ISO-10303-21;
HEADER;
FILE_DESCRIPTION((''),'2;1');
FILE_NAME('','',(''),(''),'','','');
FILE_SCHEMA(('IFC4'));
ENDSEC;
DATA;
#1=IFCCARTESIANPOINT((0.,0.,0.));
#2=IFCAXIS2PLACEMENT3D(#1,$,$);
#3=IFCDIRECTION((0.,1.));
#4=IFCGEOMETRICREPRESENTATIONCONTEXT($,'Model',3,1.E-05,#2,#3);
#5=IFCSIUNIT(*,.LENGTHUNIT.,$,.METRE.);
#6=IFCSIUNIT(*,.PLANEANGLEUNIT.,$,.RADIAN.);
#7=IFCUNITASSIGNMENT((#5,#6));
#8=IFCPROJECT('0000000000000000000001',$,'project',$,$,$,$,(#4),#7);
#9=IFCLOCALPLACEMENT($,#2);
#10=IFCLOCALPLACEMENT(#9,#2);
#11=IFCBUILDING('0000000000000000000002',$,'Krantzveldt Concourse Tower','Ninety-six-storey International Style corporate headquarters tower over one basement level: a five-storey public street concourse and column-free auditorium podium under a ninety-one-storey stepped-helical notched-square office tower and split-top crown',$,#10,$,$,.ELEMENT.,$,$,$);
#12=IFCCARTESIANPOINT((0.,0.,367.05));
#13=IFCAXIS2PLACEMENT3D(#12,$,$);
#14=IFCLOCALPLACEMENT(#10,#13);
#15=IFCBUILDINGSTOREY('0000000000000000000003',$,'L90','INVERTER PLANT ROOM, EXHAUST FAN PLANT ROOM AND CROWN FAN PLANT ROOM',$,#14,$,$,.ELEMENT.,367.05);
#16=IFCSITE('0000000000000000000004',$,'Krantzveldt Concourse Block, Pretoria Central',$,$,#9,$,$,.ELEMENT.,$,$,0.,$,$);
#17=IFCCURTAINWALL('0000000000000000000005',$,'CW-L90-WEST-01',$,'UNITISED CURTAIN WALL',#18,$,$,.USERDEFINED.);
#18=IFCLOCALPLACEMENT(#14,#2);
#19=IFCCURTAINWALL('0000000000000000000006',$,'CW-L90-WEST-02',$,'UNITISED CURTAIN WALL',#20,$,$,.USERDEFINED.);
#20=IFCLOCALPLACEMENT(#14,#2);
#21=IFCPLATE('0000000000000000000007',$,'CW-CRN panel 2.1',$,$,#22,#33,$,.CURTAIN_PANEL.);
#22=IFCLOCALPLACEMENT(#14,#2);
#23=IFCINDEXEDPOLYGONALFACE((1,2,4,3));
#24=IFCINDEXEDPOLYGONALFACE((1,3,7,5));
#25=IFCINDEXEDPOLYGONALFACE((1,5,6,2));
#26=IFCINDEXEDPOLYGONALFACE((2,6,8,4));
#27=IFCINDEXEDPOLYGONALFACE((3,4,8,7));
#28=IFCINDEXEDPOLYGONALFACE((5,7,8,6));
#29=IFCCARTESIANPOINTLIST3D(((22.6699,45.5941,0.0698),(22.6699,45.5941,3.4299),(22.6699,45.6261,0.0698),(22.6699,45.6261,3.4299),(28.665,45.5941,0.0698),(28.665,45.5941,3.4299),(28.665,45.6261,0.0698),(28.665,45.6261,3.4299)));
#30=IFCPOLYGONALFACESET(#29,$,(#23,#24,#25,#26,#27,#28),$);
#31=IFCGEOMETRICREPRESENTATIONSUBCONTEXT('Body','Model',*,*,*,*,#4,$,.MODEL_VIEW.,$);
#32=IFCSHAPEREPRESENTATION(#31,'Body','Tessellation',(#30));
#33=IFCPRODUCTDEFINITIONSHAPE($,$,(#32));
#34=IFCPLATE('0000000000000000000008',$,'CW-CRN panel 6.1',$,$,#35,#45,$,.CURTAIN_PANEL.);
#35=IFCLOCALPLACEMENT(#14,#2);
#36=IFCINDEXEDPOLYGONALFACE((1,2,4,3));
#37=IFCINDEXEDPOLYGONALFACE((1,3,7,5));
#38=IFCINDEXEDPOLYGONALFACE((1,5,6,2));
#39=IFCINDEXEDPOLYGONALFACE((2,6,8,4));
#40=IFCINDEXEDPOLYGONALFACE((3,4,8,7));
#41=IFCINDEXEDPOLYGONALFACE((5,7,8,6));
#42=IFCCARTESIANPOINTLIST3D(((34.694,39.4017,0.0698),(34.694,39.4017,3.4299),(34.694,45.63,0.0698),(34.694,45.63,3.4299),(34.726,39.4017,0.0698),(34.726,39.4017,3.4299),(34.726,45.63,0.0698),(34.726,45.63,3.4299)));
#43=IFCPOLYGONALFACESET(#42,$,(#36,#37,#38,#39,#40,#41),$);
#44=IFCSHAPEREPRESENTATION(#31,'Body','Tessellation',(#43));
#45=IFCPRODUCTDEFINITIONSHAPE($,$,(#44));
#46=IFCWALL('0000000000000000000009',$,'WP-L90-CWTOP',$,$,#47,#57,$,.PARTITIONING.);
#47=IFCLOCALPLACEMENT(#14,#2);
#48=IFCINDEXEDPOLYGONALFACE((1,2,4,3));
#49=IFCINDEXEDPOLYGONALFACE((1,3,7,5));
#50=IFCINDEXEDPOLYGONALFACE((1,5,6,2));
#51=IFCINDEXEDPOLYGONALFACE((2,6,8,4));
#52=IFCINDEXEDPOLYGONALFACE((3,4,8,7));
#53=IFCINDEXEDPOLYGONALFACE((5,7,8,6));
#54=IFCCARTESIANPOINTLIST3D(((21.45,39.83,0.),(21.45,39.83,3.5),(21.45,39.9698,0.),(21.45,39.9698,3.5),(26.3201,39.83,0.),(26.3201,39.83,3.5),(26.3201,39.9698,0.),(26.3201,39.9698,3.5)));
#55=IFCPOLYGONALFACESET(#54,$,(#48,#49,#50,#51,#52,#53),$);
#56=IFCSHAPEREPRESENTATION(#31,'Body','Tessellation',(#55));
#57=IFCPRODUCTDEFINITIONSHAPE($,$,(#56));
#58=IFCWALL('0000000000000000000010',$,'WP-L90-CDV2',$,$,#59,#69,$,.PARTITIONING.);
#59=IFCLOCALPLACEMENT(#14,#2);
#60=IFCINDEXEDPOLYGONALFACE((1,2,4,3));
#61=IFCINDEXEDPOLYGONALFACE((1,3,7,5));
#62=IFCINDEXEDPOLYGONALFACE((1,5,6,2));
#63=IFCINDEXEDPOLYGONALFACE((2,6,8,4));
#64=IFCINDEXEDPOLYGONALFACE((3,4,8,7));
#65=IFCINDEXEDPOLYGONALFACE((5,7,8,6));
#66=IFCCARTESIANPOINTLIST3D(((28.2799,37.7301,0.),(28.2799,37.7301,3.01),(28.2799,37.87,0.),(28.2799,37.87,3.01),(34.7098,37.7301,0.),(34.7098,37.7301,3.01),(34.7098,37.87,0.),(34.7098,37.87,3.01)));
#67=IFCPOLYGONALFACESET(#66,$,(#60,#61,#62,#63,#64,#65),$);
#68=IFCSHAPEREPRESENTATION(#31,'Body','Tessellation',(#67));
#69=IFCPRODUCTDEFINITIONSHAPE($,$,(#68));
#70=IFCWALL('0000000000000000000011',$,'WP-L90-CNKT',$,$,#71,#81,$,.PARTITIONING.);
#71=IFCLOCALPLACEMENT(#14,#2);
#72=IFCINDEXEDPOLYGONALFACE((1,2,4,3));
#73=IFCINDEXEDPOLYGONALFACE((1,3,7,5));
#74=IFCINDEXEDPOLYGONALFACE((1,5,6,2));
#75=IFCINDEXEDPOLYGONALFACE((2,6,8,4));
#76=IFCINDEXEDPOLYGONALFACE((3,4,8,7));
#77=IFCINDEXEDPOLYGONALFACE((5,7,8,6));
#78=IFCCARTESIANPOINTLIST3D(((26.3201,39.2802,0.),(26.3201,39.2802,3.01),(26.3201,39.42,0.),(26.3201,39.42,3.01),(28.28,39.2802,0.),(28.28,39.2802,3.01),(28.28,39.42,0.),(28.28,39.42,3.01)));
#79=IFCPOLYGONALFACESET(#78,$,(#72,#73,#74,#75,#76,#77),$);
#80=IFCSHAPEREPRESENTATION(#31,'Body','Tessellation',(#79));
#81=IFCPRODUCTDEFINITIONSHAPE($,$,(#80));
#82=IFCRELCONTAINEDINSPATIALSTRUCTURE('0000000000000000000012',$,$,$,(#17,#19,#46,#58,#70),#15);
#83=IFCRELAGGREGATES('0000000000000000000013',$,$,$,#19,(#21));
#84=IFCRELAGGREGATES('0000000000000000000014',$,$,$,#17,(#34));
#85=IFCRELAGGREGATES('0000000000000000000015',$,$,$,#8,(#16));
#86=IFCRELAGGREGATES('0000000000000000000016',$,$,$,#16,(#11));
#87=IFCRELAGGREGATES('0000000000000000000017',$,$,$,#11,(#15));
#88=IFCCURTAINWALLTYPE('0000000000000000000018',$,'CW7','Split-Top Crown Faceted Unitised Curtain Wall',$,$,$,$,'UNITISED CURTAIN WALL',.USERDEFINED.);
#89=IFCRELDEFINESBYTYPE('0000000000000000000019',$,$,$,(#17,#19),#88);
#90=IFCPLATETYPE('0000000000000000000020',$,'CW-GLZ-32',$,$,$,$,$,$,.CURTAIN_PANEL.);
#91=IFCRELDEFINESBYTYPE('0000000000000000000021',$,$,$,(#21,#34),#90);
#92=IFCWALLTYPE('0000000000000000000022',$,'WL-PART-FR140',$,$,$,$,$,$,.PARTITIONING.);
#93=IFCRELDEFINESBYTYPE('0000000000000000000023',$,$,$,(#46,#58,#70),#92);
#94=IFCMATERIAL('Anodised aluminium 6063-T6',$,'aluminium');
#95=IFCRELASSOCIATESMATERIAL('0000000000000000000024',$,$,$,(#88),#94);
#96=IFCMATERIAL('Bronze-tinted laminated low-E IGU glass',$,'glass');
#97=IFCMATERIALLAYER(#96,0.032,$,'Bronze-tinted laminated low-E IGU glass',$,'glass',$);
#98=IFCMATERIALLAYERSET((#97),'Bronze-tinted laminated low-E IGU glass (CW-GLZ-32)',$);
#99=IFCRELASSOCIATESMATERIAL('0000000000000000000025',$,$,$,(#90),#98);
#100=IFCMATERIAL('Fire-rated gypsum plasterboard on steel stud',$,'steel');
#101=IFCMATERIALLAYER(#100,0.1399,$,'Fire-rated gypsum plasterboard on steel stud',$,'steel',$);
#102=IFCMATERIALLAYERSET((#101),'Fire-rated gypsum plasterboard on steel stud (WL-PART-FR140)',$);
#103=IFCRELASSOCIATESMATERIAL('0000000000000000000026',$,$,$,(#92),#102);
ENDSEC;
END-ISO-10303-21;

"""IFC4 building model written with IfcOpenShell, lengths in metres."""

from ifc_helpers import new_model, si_unit, direction, frame, frame_2d, origin, origin_2d, place, context, subcontext, project, spatial, rectangle, extrude, source, transform, mapped, material, layer, layer_set, type_object, element, aggregate, save


model = new_model("IFC4")

# Units and contexts
model_context = context("Model", 3, precision=1e-05, world=origin(), true_north=direction((0.0, 1.0)))
body_context = subcontext(model_context, "Body", "Model", "MODEL_VIEW")
ifc_project = project(units=[si_unit("LENGTHUNIT", "METRE"), si_unit("PLANEANGLEUNIT", "RADIAN")], contexts=[model_context])

# Site, building, storey
site_placement = place(None, origin())
site = spatial("IfcSite", under=ifc_project, at=site_placement, Name="Krantzveldt Concourse Block, Pretoria Central", CompositionType="ELEMENT", RefElevation=0.0)
building_placement = place(site_placement, origin())
building = spatial("IfcBuilding", under=site, at=building_placement, Name="Krantzveldt Concourse Tower", Description="Ninety-six-storey International Style corporate headquarters tower over one basement level: a five-storey public street concourse and column-free auditorium podium under a ninety-one-storey stepped-helical notched-square office tower and split-top crown", CompositionType="ELEMENT")
storey_placement = place(building_placement, frame((0.0, 0.0, 367.05)))
storey = spatial("IfcBuildingStorey", under=building, at=storey_placement, Name="L90", Description="INVERTER PLANT ROOM, EXHAUST FAN PLANT ROOM AND CROWN FAN PLANT ROOM", CompositionType="ELEMENT", Elevation=367.05)

# Curtain walls
ifc_material_1 = material(Name="Anodised aluminium 6063-T6", Category="aluminium")
curtain_wall_type = type_object("IfcCurtainWallType", Name="CW7", Description="Split-Top Crown Faceted Unitised Curtain Wall", ElementType="UNITISED CURTAIN WALL", PredefinedType="USERDEFINED", material=ifc_material_1)
curtain_wall_1_placement = place(storey_placement, origin())
curtain_wall_1 = element("IfcCurtainWall", 1, at=curtain_wall_1_placement, inside=storey, type_object=curtain_wall_type, Name="CW-L90-WEST-01", ObjectType="UNITISED CURTAIN WALL", PredefinedType="USERDEFINED")
curtain_wall_2_placement = place(storey_placement, origin())
curtain_wall_2 = element("IfcCurtainWall", 2, at=curtain_wall_2_placement, inside=storey, type_object=curtain_wall_type, Name="CW-L90-WEST-02", ObjectType="UNITISED CURTAIN WALL", PredefinedType="USERDEFINED")

# Plates
ifc_material_2 = material(Name="Bronze-tinted laminated low-E IGU glass", Category="glass")
ifc_layer_1 = layer(ifc_material_2, 0.032, Name="Bronze-tinted laminated low-E IGU glass", Category="glass")
ifc_layer_set_1 = layer_set([ifc_layer_1], Name="Bronze-tinted laminated low-E IGU glass (CW-GLZ-32)")
plate_type_1 = type_object("IfcPlateType", Name="CW-GLZ-32", PredefinedType="CURTAIN_PANEL", material=ifc_layer_set_1)
shared_shape_1 = source(origin(), body_context, "Body", "SweptSolid", [
    extrude(rectangle(XDim=5.9951, YDim=0.032, at=origin_2d()), origin(), (0.0, 0.0, 1.0), 3.3601),
])
plate_1_placement = place(storey_placement, frame((25.6675, 45.6101, 0.0698), z_axis=(0.0, 0.0, 1.0), x_axis=(-1.0, 0.0, 0.0)))
plate_1 = element("IfcPlate", 3, at=plate_1_placement, type_object=plate_type_1, Name="CW-CRN panel 2.1", PredefinedType="CURTAIN_PANEL", context=body_context, shape_type="MappedRepresentation", body=[
    mapped(shared_shape_1, transform((0.0, 0.0, 0.0), x_axis=(1.0, 0.0, 0.0), y_axis=(0.0, 1.0, 0.0), z_axis=(0.0, 0.0, 1.0), scale=1.0)),
])
aggregate(curtain_wall_2, [plate_1])
shared_shape_2 = source(origin(), body_context, "Body", "SweptSolid", [
    extrude(rectangle(XDim=6.2283, YDim=0.032, at=origin_2d()), origin(), (0.0, 0.0, 1.0), 3.3601),
])
plate_2_placement = place(storey_placement, frame((34.71, 42.5159, 0.0698), z_axis=(0.0, 0.0, 1.0), x_axis=(0.0, 1.0, 0.0)))
plate_2 = element("IfcPlate", 4, at=plate_2_placement, type_object=plate_type_1, Name="CW-CRN panel 6.1", PredefinedType="CURTAIN_PANEL", context=body_context, shape_type="MappedRepresentation", body=[
    mapped(shared_shape_2, transform((0.0, 0.0, 0.0), x_axis=(1.0, 0.0, 0.0), y_axis=(0.0, 1.0, 0.0), z_axis=(0.0, 0.0, 1.0), scale=1.0)),
])
aggregate(curtain_wall_1, [plate_2])

# Walls
ifc_material_3 = material(Name="Fire-rated gypsum plasterboard on steel stud", Category="steel")
ifc_layer_2 = layer(ifc_material_3, 0.1399, Name="Fire-rated gypsum plasterboard on steel stud", Category="steel")
ifc_layer_set_2 = layer_set([ifc_layer_2], Name="Fire-rated gypsum plasterboard on steel stud (WL-PART-FR140)")
wall_type = type_object("IfcWallType", Name="WL-PART-FR140", PredefinedType="PARTITIONING", material=ifc_layer_set_2)
wall_1_placement = place(storey_placement, frame((21.45, 39.8999, 0.0), z_axis=(0.0, 0.0, 1.0), x_axis=(1.0, 0.0, 0.0)))
element("IfcWall", 5, at=wall_1_placement, inside=storey, type_object=wall_type, Name="WP-L90-CWTOP", PredefinedType="PARTITIONING", context=body_context, shape_type="SweptSolid", body=[
    extrude(rectangle(XDim=4.8701, YDim=0.1399, at=frame_2d((2.4351, 0.0))), origin(), (0.0, 0.0, 1.0), 3.5),
])
wall_2_placement = place(storey_placement, frame((28.28, 37.8, 0.0), z_axis=(0.0, 0.0, 1.0), x_axis=(1.0, 0.0, 0.0)))
element("IfcWall", 6, at=wall_2_placement, inside=storey, type_object=wall_type, Name="WP-L90-CDV2", PredefinedType="PARTITIONING", context=body_context, shape_type="SweptSolid", body=[
    extrude(rectangle(XDim=6.4299, YDim=0.1399, at=frame_2d((3.2148, 0.0))), origin(), (0.0, 0.0, 1.0), 3.01),
])
wall_3_placement = place(storey_placement, frame((26.3201, 39.3501, 0.0), z_axis=(0.0, 0.0, 1.0), x_axis=(1.0, 0.0, 0.0)))
element("IfcWall", 7, at=wall_3_placement, inside=storey, type_object=wall_type, Name="WP-L90-CNKT", PredefinedType="PARTITIONING", context=body_context, shape_type="SweptSolid", body=[
    extrude(rectangle(XDim=1.96, YDim=0.1399, at=frame_2d((0.98, 0.0))), origin(), (0.0, 0.0, 1.0), 3.01),
])

save(model, "model.ifc")
